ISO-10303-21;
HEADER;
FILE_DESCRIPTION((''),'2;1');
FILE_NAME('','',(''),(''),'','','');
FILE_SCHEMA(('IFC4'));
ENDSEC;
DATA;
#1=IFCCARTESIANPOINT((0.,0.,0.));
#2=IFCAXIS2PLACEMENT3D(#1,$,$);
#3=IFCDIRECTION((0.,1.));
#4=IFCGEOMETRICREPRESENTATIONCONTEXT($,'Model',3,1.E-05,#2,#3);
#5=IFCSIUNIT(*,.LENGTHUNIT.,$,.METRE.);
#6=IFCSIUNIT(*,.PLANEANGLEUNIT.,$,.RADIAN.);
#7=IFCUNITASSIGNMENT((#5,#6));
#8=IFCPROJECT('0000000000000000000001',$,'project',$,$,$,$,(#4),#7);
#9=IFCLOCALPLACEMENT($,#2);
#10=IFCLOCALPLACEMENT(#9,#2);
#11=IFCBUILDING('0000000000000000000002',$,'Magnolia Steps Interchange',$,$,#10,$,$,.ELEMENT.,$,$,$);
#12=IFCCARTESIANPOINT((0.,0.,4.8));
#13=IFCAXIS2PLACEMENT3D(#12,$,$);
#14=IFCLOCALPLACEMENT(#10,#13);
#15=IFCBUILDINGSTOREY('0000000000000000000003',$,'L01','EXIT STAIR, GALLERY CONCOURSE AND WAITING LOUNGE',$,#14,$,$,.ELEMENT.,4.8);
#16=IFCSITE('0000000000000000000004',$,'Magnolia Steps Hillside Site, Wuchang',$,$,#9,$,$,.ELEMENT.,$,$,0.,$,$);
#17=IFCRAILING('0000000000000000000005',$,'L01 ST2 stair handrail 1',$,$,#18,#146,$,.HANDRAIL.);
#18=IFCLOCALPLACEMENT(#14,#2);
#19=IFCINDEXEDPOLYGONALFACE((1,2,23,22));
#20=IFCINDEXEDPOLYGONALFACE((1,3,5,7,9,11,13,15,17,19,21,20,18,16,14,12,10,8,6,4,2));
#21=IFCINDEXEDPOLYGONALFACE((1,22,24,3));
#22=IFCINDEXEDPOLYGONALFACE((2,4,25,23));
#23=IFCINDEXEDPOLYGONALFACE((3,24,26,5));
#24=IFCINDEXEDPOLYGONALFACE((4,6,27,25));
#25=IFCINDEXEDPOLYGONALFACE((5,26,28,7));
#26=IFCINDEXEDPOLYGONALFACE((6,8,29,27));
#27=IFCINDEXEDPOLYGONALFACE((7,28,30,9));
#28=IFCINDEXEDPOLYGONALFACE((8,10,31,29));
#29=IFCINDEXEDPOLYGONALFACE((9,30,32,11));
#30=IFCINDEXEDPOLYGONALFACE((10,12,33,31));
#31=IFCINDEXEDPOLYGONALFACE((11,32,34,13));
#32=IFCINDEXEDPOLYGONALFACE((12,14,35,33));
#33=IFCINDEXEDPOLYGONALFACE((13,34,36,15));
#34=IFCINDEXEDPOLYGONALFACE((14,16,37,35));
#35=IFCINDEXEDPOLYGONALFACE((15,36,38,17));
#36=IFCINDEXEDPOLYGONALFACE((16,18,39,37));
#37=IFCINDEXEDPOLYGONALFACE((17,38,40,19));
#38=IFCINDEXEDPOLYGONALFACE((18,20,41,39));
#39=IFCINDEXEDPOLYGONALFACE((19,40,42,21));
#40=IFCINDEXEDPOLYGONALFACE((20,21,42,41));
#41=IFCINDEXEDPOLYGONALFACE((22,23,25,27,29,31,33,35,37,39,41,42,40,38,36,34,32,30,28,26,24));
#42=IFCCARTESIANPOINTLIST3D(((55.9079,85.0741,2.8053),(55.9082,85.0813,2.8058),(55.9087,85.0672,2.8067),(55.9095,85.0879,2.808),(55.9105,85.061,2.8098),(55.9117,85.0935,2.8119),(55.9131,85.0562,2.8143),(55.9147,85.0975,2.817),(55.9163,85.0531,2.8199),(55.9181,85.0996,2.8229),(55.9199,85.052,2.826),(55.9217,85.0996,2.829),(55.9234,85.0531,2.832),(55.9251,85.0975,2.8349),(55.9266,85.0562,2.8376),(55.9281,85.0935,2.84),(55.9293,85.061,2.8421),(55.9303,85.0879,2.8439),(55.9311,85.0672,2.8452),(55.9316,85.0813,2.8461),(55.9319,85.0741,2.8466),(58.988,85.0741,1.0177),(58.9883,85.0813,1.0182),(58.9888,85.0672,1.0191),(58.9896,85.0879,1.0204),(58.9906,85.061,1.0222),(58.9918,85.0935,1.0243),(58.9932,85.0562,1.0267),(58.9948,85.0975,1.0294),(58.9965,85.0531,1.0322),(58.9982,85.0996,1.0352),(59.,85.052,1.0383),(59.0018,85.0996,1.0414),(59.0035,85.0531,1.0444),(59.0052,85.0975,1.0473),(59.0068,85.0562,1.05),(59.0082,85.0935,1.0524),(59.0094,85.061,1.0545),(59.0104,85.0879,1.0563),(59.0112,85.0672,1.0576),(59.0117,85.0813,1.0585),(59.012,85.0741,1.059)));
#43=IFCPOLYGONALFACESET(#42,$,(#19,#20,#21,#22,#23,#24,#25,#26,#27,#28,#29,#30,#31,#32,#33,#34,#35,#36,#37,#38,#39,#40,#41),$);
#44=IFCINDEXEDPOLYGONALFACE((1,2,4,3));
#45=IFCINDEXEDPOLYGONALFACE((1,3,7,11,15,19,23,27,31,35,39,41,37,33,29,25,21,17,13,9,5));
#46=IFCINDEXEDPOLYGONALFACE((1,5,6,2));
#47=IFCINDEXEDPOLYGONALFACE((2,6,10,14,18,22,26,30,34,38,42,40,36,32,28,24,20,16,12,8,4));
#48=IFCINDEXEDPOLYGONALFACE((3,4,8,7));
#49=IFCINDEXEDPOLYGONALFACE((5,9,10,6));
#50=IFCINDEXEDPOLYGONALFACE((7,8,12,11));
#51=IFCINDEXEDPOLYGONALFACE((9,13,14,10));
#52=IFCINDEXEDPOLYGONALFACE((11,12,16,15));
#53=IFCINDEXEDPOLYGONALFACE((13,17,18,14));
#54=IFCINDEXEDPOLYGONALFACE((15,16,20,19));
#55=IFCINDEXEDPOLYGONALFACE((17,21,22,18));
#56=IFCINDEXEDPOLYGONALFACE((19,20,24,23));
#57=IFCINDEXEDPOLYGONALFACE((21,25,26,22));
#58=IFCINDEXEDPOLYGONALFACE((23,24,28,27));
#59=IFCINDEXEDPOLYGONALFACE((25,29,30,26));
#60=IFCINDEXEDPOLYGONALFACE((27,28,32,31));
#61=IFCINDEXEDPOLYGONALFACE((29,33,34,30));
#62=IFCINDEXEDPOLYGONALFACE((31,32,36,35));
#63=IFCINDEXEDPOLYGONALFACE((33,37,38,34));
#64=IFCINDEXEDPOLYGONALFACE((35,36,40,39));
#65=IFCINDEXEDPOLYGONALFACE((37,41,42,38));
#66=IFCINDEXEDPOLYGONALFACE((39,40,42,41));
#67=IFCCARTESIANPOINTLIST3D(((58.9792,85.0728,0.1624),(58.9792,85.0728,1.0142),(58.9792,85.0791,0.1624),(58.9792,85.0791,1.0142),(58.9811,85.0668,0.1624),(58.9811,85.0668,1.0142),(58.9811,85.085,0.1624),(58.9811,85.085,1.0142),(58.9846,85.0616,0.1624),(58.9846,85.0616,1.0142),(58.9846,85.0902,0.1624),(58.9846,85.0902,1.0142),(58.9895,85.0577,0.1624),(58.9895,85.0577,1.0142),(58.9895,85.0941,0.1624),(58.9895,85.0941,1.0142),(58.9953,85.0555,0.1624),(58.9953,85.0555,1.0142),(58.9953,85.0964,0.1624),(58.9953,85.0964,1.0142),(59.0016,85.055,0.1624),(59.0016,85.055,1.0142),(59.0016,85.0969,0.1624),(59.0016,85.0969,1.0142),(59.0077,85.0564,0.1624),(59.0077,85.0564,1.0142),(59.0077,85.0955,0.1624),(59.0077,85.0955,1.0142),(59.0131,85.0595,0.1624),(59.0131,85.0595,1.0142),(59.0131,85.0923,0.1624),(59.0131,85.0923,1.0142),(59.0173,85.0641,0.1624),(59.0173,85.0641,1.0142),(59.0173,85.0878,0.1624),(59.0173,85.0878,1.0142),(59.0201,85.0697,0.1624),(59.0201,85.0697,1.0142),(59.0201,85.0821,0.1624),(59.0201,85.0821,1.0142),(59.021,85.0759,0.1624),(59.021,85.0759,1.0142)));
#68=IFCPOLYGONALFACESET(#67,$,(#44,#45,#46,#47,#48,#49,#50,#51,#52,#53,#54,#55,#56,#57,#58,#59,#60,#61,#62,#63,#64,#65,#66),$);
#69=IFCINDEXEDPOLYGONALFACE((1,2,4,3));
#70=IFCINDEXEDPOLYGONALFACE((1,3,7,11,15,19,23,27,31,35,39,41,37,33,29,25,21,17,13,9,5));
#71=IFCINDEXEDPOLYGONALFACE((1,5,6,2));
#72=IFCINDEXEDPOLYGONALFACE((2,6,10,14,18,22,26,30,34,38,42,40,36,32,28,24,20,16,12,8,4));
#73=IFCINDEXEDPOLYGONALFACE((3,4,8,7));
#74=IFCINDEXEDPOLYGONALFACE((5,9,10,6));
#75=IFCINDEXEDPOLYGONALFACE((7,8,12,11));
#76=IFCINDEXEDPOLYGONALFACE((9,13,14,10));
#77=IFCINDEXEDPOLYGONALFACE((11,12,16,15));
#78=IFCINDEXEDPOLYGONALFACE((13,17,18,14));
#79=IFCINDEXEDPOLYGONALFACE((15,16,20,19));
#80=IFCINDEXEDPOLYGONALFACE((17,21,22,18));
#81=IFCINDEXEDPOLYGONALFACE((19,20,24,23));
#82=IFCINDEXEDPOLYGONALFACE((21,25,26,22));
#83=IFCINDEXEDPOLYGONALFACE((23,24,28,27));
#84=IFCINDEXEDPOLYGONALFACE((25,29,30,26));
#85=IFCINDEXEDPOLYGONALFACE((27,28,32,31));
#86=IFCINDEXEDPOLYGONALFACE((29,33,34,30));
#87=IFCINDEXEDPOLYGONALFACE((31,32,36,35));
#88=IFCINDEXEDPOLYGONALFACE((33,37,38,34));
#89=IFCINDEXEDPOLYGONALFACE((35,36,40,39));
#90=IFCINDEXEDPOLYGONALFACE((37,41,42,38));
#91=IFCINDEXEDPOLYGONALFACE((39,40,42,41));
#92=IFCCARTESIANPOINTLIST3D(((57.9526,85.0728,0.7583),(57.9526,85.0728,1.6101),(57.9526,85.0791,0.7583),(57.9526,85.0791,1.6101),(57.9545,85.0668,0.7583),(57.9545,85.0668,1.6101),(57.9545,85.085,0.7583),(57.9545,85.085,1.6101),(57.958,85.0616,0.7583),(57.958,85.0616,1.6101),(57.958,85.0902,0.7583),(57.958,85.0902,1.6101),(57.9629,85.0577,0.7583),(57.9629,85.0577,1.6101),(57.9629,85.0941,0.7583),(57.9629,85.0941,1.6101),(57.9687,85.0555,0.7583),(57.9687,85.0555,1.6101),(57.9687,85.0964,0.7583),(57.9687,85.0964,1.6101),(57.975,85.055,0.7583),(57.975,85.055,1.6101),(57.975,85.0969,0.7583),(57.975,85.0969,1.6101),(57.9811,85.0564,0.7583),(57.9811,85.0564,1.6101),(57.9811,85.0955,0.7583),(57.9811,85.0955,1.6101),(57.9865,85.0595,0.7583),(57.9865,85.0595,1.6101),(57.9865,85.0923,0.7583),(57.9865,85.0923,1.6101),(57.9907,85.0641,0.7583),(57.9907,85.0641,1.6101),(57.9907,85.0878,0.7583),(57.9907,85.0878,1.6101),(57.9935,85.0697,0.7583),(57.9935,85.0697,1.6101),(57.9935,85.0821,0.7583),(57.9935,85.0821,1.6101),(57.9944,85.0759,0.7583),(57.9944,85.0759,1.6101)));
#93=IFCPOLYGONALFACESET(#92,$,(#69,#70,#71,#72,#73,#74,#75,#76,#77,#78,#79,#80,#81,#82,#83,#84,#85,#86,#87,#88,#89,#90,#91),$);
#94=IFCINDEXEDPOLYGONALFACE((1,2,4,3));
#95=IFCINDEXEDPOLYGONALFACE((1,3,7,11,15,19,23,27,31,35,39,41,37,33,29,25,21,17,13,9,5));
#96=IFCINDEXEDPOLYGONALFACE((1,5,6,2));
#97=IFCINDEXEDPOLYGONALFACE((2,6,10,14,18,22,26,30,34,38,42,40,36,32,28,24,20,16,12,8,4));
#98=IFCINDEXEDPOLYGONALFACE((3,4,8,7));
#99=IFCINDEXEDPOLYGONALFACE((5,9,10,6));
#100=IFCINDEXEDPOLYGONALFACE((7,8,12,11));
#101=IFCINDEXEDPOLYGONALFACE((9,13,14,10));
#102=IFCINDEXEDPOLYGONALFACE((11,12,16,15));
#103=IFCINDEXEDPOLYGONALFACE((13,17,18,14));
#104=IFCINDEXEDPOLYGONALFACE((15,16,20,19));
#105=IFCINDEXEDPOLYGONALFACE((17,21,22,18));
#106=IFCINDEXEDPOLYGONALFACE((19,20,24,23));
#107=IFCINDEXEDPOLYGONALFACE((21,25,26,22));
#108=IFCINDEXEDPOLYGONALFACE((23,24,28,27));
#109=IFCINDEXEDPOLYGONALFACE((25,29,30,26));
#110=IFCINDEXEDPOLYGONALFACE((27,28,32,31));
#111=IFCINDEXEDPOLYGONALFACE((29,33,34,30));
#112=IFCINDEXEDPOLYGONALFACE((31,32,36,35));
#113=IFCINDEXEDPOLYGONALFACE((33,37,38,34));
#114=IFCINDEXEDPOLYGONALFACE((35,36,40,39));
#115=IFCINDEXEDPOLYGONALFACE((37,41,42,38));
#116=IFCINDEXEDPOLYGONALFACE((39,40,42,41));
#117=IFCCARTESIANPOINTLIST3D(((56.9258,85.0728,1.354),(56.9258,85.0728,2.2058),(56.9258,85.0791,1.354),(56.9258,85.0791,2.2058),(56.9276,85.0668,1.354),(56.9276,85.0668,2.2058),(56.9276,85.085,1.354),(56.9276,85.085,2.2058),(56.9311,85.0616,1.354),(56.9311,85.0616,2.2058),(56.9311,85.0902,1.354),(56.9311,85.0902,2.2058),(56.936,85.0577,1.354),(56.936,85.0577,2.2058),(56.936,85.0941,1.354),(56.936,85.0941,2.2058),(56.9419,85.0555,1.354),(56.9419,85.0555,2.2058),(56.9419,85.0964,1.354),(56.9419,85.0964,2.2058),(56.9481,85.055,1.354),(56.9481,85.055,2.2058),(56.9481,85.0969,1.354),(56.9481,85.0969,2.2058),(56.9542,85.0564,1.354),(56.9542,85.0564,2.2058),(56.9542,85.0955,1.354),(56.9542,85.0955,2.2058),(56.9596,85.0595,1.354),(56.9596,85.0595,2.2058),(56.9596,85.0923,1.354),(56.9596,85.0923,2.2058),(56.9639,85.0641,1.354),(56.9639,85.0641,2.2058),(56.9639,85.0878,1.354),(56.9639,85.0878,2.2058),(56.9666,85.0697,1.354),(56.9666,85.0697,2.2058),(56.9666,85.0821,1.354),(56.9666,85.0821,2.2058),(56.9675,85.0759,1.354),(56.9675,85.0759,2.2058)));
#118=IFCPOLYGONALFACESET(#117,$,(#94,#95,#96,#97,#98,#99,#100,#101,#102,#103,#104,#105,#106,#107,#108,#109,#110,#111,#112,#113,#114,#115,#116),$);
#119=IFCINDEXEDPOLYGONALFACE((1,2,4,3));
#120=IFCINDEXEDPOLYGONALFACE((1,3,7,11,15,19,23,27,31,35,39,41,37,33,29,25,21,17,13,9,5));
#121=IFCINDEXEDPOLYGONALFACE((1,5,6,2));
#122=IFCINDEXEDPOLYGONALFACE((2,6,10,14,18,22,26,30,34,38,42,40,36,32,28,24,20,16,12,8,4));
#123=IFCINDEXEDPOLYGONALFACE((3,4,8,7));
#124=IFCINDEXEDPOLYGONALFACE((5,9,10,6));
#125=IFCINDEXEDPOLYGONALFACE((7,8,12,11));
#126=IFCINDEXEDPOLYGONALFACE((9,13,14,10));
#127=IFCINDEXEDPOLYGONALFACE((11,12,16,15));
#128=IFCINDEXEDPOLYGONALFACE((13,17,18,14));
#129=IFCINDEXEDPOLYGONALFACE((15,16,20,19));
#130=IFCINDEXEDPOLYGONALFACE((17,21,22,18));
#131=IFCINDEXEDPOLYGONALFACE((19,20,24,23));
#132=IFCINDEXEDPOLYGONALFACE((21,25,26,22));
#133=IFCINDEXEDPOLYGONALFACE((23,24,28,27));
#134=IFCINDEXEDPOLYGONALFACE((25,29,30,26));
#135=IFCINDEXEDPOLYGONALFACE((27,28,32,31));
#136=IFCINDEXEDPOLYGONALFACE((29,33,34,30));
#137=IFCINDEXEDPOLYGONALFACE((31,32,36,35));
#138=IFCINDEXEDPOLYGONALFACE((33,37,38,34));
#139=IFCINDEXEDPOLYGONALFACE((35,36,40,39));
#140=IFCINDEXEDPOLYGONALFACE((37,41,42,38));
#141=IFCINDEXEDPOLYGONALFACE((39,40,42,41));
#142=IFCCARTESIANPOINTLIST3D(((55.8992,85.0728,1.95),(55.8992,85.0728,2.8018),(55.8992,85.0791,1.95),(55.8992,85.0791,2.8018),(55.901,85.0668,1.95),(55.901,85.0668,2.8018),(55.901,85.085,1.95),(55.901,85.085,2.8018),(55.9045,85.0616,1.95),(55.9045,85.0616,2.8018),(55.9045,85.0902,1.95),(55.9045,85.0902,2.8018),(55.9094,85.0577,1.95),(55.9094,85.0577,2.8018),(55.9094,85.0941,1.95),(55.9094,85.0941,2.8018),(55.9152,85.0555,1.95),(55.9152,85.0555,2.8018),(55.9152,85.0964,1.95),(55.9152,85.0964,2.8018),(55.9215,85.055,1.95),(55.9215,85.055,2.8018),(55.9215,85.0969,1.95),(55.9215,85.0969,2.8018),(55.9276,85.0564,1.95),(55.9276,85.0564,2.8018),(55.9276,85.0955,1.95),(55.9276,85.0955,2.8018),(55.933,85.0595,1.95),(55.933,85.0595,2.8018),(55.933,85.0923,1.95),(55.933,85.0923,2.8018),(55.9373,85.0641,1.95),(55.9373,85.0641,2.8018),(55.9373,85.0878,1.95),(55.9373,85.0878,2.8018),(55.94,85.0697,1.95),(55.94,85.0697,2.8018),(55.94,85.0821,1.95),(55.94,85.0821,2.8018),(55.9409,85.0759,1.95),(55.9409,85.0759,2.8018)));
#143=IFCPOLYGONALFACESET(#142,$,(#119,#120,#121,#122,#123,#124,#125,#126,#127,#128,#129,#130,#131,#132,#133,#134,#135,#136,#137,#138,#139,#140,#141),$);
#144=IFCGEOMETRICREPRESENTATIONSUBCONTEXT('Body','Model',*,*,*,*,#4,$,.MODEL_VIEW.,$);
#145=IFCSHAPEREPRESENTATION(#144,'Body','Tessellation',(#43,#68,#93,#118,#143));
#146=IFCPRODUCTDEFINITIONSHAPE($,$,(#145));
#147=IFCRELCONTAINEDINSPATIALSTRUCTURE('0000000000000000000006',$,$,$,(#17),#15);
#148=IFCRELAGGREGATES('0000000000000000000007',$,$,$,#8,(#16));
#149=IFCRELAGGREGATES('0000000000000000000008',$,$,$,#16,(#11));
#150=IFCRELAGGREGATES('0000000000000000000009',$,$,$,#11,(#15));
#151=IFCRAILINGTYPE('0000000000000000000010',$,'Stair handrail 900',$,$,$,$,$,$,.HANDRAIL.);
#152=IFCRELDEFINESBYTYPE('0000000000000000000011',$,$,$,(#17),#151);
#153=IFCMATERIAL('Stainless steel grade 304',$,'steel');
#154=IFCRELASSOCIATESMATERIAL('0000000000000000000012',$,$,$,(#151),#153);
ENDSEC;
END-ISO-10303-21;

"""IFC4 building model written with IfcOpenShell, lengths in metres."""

from ifc_helpers import new_model, si_unit, direction, frame, origin, origin_2d, place, context, subcontext, project, spatial, circle, extrude, material, type_object, element, save


model = new_model("IFC4")

# Units and contexts
model_context = context("Model", 3, precision=1e-05, world=origin(), true_north=direction((0.0, 1.0)))
body_context = subcontext(model_context, "Body", "Model", "MODEL_VIEW")
ifc_project = project(units=[si_unit("LENGTHUNIT", "METRE"), si_unit("PLANEANGLEUNIT", "RADIAN")], contexts=[model_context])

# Site, building, storey
site_placement = place(None, origin())
site = spatial("IfcSite", under=ifc_project, at=site_placement, Name="Magnolia Steps Hillside Site, Wuchang", CompositionType="ELEMENT", RefElevation=0.0)
building_placement = place(site_placement, origin())
building = spatial("IfcBuilding", under=site, at=building_placement, Name="Magnolia Steps Interchange", CompositionType="ELEMENT")
storey_placement = place(building_placement, frame((0.0, 0.0, 4.8)))
storey = spatial("IfcBuildingStorey", under=building, at=storey_placement, Name="L01", Description="EXIT STAIR, GALLERY CONCOURSE AND WAITING LOUNGE", CompositionType="ELEMENT", Elevation=4.8)

# Railing
ifc_material_1 = material(Name="Stainless steel grade 304", Category="steel")
railing_type_1 = type_object("IfcRailingType", Name="Stair handrail 900", PredefinedType="HANDRAIL", material=ifc_material_1)
railing_1_placement = place(storey_placement, frame((59.0, 85.0759, 0.1624)))
element("IfcRailing", 1, at=railing_1_placement, inside=storey, type_object=railing_type_1, Name="L01 ST2 stair handrail 1", PredefinedType="HANDRAIL", context=body_context, shape_type="SweptSolid", body=[
    extrude(circle(Radius=0.0239, at=origin_2d()), frame((0.0, 0.0, 0.876), z_axis=(-0.864891, 0.0, 0.50196), x_axis=(0.0, -1.0, 0.0)), (0.0, 0.0, 1.0), 3.5613),
    extrude(circle(Radius=0.021, at=origin_2d()), origin(), (0.0, 0.0, 1.0), 0.8518),
    extrude(circle(Radius=0.021, at=origin_2d()), frame((-1.0266, 0.0, 0.5959)), (0.0, 0.0, 1.0), 0.8518),
    extrude(circle(Radius=0.021, at=origin_2d()), frame((-2.0535, 0.0, 1.1917)), (0.0, 0.0, 1.0), 0.8518),
    extrude(circle(Radius=0.021, at=origin_2d()), frame((-3.0801, 0.0, 1.7876)), (0.0, 0.0, 1.0), 0.8518),
])

save(model, "model.ifc")
